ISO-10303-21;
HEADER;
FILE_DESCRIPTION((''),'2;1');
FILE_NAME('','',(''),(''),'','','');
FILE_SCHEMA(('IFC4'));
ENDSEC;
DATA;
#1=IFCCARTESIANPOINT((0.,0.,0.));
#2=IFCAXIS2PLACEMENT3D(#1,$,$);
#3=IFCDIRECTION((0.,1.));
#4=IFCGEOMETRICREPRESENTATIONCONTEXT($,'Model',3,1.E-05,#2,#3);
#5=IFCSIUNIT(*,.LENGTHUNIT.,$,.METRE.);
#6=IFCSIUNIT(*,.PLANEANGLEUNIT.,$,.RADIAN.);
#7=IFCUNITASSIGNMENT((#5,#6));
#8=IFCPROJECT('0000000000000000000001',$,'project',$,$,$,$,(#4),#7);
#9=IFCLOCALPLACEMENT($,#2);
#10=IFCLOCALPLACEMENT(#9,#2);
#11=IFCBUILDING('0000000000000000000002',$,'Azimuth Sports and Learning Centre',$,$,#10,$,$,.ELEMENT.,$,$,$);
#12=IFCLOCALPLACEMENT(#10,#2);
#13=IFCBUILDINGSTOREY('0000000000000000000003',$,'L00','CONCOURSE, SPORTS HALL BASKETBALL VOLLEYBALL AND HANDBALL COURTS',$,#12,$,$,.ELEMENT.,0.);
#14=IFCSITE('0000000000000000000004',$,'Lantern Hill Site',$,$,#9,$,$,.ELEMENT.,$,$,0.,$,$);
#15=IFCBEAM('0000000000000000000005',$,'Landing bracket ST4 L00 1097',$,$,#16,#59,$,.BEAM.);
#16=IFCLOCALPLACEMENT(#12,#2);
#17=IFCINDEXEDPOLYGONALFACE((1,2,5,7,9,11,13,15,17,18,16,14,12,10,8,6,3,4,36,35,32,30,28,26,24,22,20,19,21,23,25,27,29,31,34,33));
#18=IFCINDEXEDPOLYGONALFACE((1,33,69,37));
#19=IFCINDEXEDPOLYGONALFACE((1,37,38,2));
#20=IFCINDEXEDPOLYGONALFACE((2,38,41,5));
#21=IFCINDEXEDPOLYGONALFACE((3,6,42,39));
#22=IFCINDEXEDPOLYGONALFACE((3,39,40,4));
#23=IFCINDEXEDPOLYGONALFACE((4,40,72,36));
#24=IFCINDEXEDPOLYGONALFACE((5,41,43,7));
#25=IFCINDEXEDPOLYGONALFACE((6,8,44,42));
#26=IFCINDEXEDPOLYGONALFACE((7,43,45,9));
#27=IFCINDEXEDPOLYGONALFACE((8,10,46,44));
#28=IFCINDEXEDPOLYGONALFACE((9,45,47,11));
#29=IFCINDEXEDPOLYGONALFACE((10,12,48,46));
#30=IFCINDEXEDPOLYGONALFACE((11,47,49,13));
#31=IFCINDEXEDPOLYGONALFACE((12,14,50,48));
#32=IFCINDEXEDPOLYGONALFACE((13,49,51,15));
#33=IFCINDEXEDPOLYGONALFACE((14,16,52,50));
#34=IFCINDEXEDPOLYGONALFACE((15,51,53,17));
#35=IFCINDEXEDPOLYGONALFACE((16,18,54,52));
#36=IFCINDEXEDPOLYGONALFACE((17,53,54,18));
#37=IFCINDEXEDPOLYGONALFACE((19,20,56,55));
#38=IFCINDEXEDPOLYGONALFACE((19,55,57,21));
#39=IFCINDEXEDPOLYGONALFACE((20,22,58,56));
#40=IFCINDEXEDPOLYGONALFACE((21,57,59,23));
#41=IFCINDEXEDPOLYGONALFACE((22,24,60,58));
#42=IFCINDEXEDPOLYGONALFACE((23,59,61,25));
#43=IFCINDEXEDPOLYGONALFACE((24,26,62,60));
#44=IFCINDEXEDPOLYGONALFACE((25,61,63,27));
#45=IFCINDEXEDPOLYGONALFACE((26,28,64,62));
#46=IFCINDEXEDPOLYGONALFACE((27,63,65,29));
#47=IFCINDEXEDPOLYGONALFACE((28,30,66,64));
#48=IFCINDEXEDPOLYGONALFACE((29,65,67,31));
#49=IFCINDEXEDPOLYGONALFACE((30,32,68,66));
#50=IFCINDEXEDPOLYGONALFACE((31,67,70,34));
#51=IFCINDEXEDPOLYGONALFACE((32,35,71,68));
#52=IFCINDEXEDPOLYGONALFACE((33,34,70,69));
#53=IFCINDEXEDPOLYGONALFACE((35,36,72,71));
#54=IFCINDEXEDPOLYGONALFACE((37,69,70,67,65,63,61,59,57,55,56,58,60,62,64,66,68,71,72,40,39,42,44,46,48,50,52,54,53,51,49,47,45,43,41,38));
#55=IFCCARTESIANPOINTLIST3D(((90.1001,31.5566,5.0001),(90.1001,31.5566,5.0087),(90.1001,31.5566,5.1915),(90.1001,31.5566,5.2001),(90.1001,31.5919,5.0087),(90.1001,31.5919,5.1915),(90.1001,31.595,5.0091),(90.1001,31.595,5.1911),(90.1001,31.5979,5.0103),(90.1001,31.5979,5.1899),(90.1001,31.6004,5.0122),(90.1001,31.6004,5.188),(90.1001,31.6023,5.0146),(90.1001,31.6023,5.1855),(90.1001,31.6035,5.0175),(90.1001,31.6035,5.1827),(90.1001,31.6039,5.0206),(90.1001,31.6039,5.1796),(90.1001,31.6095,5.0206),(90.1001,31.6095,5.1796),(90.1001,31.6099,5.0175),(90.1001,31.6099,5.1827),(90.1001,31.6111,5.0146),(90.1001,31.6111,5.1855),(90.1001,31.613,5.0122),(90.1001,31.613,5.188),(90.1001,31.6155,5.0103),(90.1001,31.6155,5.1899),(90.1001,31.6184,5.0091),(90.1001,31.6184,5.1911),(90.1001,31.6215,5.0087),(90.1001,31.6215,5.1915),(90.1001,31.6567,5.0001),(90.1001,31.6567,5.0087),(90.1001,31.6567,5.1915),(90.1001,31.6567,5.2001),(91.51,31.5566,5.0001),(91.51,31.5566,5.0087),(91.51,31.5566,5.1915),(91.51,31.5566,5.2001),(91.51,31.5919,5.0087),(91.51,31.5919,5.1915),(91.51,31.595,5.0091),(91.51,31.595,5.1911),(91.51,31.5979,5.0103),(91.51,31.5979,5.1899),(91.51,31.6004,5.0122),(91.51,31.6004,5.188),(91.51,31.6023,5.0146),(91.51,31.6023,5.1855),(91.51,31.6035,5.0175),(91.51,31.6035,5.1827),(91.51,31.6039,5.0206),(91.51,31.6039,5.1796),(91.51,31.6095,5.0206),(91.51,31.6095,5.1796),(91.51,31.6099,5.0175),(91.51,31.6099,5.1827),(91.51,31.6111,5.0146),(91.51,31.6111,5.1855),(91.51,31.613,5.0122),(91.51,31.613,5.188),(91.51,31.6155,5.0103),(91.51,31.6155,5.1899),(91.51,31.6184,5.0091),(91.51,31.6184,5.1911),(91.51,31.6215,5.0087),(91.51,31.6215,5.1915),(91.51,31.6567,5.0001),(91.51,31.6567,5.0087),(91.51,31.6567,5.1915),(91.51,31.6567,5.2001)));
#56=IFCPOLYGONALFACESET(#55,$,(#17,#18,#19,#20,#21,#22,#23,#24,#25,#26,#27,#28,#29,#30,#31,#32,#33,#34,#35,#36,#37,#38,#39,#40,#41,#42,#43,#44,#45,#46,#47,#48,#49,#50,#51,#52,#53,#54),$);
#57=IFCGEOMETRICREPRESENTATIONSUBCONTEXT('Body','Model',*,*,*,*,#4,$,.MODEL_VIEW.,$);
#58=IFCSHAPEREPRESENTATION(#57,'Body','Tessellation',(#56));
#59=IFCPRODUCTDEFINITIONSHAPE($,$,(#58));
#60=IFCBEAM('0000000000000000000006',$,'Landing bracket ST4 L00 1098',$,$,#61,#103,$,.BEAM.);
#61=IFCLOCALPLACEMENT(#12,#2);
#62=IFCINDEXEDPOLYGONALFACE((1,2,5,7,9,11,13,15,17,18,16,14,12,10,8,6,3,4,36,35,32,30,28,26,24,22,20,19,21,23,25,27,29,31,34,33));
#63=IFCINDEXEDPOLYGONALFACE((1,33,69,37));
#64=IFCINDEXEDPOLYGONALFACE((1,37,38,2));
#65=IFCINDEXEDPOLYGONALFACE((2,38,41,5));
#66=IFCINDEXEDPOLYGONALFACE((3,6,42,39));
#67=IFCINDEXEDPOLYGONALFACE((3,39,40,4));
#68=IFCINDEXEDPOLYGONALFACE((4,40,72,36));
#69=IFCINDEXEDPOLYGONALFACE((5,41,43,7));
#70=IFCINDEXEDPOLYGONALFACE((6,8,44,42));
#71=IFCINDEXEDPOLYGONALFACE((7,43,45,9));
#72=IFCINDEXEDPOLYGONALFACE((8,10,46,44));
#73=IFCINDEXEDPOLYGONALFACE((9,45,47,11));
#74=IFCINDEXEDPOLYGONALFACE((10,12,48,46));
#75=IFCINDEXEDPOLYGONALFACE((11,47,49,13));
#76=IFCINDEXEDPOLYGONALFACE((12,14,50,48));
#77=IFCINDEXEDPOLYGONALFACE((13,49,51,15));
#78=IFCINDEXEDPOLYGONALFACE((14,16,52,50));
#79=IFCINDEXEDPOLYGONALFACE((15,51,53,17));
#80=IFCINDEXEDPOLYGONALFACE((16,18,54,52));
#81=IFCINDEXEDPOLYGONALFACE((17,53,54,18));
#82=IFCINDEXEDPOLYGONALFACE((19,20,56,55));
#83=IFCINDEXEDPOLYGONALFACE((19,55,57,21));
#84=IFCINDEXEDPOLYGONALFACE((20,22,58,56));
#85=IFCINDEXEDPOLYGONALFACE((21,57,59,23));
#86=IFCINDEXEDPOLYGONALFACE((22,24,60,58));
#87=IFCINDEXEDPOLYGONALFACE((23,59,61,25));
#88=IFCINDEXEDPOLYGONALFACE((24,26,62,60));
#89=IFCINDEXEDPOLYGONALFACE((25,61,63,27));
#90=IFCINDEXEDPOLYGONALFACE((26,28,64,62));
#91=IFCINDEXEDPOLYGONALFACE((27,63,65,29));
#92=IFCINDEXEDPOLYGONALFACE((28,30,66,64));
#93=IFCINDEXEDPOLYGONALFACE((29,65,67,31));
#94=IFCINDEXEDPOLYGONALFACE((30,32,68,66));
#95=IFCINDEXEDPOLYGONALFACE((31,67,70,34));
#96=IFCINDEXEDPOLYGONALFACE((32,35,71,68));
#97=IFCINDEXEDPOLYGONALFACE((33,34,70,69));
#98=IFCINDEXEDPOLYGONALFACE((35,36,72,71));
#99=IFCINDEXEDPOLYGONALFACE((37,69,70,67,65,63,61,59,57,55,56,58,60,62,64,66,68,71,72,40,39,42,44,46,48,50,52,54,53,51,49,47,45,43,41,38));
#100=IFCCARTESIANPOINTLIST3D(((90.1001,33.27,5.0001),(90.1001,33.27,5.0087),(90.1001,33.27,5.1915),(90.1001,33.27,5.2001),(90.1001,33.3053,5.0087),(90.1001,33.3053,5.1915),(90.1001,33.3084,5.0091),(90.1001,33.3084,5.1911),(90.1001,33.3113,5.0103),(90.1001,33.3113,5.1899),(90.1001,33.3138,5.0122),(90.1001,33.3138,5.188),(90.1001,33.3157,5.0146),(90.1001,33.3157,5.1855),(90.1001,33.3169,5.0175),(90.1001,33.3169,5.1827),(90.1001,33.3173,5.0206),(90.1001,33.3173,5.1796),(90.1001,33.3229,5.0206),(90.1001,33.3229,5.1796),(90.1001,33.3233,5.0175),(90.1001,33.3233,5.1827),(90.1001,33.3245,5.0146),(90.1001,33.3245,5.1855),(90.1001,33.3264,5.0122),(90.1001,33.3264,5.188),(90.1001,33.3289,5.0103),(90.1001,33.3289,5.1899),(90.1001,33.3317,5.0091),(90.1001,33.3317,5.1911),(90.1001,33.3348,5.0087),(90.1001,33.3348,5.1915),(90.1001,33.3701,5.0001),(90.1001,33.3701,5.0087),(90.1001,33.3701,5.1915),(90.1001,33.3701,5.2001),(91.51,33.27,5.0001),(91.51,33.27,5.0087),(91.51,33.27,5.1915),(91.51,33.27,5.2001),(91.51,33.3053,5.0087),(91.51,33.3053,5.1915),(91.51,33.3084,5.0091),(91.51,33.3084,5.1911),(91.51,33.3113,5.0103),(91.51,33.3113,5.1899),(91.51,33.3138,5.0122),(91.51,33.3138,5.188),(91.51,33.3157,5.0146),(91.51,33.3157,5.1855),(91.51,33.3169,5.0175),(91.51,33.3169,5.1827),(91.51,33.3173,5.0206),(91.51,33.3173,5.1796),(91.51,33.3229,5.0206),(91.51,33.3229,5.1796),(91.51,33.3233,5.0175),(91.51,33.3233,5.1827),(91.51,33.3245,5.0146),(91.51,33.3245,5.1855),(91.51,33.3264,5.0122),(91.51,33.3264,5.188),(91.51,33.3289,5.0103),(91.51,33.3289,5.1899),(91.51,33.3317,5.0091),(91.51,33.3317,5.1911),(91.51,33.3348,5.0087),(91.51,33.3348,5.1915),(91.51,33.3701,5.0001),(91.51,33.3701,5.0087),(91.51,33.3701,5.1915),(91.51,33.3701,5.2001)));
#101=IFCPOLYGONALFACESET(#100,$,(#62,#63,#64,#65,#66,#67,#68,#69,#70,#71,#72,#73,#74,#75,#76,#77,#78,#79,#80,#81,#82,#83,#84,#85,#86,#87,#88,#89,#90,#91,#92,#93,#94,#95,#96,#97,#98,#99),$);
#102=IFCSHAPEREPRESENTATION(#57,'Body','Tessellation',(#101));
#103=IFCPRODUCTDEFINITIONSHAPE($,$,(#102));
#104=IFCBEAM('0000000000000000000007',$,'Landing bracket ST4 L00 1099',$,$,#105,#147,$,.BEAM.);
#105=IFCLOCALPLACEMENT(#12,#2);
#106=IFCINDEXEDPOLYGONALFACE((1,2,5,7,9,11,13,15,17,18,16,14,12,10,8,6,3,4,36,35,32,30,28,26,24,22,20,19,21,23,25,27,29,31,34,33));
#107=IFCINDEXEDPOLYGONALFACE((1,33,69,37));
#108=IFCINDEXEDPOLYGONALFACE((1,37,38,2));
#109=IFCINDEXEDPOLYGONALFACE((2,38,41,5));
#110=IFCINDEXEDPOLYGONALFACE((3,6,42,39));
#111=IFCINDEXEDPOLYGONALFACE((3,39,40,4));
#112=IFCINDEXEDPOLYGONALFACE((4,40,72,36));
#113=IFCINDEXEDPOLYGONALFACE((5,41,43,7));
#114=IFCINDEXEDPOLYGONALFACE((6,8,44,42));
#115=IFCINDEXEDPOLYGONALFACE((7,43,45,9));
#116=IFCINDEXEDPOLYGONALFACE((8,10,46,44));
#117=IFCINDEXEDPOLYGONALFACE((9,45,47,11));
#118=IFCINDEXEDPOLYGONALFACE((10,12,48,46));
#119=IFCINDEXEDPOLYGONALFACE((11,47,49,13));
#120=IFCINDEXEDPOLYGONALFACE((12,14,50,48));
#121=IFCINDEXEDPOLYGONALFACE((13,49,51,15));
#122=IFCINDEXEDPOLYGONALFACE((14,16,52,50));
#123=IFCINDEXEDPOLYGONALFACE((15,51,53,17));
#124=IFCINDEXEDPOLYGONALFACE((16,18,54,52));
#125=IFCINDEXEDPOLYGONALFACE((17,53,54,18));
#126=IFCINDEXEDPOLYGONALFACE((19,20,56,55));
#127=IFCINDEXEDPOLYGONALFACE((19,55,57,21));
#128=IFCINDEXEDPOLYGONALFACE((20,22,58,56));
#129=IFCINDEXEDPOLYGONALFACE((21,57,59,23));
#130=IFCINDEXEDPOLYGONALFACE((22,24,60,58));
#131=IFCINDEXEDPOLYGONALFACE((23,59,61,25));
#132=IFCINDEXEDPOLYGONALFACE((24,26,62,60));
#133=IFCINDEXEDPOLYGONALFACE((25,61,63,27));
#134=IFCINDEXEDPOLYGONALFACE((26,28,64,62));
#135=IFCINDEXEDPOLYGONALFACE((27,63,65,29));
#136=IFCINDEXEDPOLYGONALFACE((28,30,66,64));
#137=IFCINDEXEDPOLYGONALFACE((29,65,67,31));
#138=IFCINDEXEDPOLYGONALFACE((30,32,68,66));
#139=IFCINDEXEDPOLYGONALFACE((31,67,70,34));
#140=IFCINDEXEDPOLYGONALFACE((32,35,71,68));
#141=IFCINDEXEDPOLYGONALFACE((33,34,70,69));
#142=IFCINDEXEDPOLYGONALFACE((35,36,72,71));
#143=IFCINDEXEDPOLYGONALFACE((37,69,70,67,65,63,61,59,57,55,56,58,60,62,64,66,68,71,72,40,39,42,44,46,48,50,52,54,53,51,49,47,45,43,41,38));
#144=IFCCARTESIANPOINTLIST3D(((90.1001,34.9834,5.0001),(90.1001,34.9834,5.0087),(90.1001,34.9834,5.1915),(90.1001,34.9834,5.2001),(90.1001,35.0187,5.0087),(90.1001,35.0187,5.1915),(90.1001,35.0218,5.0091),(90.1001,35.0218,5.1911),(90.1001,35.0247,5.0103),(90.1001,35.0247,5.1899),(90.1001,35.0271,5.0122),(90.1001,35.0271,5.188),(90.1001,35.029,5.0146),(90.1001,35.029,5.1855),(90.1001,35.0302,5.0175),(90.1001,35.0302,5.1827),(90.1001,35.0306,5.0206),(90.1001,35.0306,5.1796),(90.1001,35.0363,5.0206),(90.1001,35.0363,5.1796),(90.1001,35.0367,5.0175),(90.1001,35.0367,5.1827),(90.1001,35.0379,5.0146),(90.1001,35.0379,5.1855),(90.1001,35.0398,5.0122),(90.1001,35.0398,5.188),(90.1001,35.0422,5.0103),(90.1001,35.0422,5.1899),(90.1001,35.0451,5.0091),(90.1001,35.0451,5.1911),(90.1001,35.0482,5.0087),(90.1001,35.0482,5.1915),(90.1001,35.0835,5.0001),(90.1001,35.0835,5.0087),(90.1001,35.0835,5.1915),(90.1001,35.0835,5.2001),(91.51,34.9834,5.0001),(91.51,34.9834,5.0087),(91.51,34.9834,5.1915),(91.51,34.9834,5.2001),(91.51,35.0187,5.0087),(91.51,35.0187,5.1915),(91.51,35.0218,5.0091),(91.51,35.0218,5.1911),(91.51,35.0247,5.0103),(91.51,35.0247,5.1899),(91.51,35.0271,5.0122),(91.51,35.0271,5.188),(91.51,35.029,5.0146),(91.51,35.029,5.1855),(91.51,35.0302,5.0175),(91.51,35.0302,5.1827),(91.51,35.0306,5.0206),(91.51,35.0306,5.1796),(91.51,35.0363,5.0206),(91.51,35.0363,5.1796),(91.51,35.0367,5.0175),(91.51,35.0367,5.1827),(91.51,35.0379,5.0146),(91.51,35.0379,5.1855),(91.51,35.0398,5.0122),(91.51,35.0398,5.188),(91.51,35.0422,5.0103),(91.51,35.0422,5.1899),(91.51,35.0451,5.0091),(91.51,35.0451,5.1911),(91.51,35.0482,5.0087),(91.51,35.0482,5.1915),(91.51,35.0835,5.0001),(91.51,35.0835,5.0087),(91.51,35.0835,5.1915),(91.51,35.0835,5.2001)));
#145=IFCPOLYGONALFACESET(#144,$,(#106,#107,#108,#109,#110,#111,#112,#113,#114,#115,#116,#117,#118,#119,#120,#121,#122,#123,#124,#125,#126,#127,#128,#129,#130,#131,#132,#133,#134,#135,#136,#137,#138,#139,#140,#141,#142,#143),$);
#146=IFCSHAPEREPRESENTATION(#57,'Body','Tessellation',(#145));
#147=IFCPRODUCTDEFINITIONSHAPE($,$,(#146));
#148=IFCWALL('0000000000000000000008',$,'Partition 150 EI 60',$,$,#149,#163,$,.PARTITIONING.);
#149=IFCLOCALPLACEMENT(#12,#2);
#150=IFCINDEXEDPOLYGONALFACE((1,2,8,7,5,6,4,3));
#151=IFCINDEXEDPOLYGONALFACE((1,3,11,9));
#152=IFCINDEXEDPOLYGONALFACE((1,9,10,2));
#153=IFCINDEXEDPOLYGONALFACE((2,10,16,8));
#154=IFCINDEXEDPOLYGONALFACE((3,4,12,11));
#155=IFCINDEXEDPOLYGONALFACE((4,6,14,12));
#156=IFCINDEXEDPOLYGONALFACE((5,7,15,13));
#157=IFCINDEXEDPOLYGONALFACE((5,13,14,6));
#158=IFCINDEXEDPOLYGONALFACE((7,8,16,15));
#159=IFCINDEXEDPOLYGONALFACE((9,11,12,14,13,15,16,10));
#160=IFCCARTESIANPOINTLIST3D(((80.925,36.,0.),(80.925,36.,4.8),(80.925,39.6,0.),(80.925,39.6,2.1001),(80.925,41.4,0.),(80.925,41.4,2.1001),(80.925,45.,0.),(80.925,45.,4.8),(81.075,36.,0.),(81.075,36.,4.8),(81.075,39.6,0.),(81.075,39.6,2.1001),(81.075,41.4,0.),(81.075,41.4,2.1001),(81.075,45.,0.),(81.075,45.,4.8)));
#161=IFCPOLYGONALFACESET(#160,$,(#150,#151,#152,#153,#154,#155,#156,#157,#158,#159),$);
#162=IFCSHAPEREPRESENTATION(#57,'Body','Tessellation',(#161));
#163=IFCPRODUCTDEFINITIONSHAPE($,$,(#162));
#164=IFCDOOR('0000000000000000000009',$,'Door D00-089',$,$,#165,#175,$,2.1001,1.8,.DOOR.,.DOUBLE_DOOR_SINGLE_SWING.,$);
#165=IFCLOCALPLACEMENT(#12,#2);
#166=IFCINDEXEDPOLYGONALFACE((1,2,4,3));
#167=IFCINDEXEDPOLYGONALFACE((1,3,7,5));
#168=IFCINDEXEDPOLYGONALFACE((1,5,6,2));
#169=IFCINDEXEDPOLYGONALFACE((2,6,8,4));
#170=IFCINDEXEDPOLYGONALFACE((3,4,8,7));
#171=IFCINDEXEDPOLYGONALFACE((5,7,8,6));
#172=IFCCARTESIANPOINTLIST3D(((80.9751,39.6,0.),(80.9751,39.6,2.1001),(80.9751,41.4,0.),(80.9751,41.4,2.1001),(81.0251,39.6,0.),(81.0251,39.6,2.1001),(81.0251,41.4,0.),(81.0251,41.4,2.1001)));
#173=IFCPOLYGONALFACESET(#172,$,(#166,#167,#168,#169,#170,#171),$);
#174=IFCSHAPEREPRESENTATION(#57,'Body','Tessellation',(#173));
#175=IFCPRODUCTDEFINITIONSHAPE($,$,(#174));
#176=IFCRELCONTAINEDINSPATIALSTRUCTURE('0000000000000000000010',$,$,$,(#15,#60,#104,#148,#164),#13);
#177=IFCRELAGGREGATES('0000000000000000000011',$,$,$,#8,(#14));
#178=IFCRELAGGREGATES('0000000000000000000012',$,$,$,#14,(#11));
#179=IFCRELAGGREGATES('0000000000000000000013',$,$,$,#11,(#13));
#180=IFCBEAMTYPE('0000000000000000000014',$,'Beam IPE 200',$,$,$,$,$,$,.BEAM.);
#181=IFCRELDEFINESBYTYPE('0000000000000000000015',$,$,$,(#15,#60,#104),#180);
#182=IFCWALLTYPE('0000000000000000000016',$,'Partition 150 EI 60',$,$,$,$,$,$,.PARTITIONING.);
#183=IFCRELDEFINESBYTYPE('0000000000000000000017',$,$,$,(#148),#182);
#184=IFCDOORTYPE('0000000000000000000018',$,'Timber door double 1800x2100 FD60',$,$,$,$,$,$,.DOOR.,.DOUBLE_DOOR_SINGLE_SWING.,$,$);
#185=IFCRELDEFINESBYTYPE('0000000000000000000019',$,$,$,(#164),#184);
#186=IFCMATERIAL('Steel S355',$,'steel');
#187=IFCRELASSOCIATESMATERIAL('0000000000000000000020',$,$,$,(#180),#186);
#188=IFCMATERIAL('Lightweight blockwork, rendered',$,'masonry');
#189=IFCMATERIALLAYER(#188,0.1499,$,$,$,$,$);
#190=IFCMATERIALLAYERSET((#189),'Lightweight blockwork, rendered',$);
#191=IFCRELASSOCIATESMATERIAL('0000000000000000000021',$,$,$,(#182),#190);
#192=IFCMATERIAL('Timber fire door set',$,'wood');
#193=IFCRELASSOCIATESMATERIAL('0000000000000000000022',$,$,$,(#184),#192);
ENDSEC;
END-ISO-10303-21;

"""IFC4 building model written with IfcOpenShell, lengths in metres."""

from ifc_helpers import new_model, si_unit, direction, frame, frame_2d, origin, origin_2d, place, context, subcontext, project, spatial, rectangle, i_section, extrude, material, layer, layer_set, material_profile, profile_set, type_object, element, fill, save


model = new_model("IFC4")

# Units and contexts
model_context = context("Model", 3, precision=1e-05, world=origin(), true_north=direction((0.0, 1.0)))
body_context = subcontext(model_context, "Body", "Model", "MODEL_VIEW")
ifc_project = project(units=[si_unit("LENGTHUNIT", "METRE"), si_unit("PLANEANGLEUNIT", "RADIAN")], contexts=[model_context])

# Site, building, storey
site_placement = place(None, origin())
site = spatial("IfcSite", under=ifc_project, at=site_placement, Name="Lantern Hill Site", CompositionType="ELEMENT", RefElevation=0.0)
building_placement = place(site_placement, origin())
building = spatial("IfcBuilding", under=site, at=building_placement, Name="Azimuth Sports and Learning Centre", CompositionType="ELEMENT")
storey_placement = place(building_placement, origin())
storey = spatial("IfcBuildingStorey", under=building, at=storey_placement, Name="L00", Description="CONCOURSE, SPORTS HALL BASKETBALL VOLLEYBALL AND HANDBALL COURTS", CompositionType="ELEMENT", Elevation=0.0)

# Beams
ifc_material_1 = material(Name="Steel S355", Category="steel")
ifc_material_profile_1 = material_profile(ifc_material_1, i_section(OverallWidth=0.1001, OverallDepth=0.2, WebThickness=0.0056, FlangeThickness=0.0085, FilletRadius=0.012, at=origin_2d()), Name="IPE 200")
ifc_profile_set_1 = profile_set([ifc_material_profile_1], Name="Steel S355")
beam_type = type_object("IfcBeamType", Name="Beam IPE 200", PredefinedType="BEAM", material=ifc_profile_set_1)
for number, where, z_axis, x_axis, name in (
    (1, (90.1001, 31.6067, 5.1001), (1.0, 0.0, 0.0), (0.0, 1.0, 0.0), "Landing bracket ST4 L00 1097"),
    (2, (90.1001, 33.3201, 5.1001), (1.0, 0.0, 0.0), (0.0, 1.0, 0.0), "Landing bracket ST4 L00 1098"),
    (3, (90.1001, 35.0334, 5.1001), (1.0, 0.0, 0.0), (0.0, 1.0, 0.0), "Landing bracket ST4 L00 1099"),
):
    element("IfcBeam", number, at=place(storey_placement, frame(where, z_axis=z_axis, x_axis=x_axis)), inside=storey, type_object=beam_type, Name=name, PredefinedType="BEAM", context=body_context, shape_type="SweptSolid", body=[
        extrude(i_section(OverallWidth=0.1001, OverallDepth=0.2, WebThickness=0.0056, FlangeThickness=0.0085, FilletRadius=0.012, at=origin_2d()), origin(), (0.0, 0.0, 1.0), 1.4099),
    ])

# Wall, opening, door
ifc_material_2 = material(Name="Lightweight blockwork, rendered", Category="masonry")
ifc_layer_1 = layer(ifc_material_2, 0.1499)
ifc_layer_set_1 = layer_set([ifc_layer_1], Name="Lightweight blockwork, rendered")
wall_type_1 = type_object("IfcWallType", Name="Partition 150 EI 60", PredefinedType="PARTITIONING", material=ifc_layer_set_1)
wall_1_placement = place(storey_placement, frame((81.0, 36.0, 0.0), z_axis=(0.0, 0.0, 1.0), x_axis=(0.0, 1.0, 0.0)))
wall_1 = element("IfcWall", 4, at=wall_1_placement, inside=storey, type_object=wall_type_1, Name="Partition 150 EI 60", PredefinedType="PARTITIONING", context=body_context, shape_type="SweptSolid", body=[
    extrude(rectangle(XDim=9.0, YDim=0.1499, at=frame_2d((4.5, 0.0))), origin(), (0.0, 0.0, 1.0), 4.8),
])
opening_1_placement = place(wall_1_placement, frame((3.6001, 0.0, 0.0)))
opening_1 = element("IfcOpeningElement", 5, at=opening_1_placement, cuts=wall_1, PredefinedType="OPENING", context=body_context, shape_type="SweptSolid", body=[
    extrude(rectangle(XDim=1.8, YDim=2.1001, at=frame_2d((0.8999, 1.05))), frame((0.0, 0.0859, 0.0), z_axis=(0.0, -1.0, 0.0), x_axis=(1.0, 0.0, 0.0)), (0.0, 0.0, 1.0), 0.1719),
])
ifc_material_3 = material(Name="Timber fire door set", Category="wood")
door_type_1 = type_object("IfcDoorType", Name="Timber door double 1800x2100 FD60", OperationType="DOUBLE_DOOR_SINGLE_SWING", PredefinedType="DOOR", material=ifc_material_3)
door_1_placement = place(opening_1_placement, origin())
door_1 = element("IfcDoor", 6, at=door_1_placement, inside=storey, type_object=door_type_1, Name="Door D00-089", OperationType="DOUBLE_DOOR_SINGLE_SWING", OverallHeight=2.1001, OverallWidth=1.8, PredefinedType="DOOR", context=body_context, shape_type="SweptSolid", body=[
    extrude(rectangle(XDim=1.8, YDim=2.1001, at=frame_2d((0.8999, 1.05))), frame((0.0, 0.0249, 0.0), z_axis=(0.0, -1.0, 0.0), x_axis=(1.0, 0.0, 0.0)), (0.0, 0.0, 1.0), 0.05),
])
fill(opening_1, door_1)

save(model, "model.ifc")
